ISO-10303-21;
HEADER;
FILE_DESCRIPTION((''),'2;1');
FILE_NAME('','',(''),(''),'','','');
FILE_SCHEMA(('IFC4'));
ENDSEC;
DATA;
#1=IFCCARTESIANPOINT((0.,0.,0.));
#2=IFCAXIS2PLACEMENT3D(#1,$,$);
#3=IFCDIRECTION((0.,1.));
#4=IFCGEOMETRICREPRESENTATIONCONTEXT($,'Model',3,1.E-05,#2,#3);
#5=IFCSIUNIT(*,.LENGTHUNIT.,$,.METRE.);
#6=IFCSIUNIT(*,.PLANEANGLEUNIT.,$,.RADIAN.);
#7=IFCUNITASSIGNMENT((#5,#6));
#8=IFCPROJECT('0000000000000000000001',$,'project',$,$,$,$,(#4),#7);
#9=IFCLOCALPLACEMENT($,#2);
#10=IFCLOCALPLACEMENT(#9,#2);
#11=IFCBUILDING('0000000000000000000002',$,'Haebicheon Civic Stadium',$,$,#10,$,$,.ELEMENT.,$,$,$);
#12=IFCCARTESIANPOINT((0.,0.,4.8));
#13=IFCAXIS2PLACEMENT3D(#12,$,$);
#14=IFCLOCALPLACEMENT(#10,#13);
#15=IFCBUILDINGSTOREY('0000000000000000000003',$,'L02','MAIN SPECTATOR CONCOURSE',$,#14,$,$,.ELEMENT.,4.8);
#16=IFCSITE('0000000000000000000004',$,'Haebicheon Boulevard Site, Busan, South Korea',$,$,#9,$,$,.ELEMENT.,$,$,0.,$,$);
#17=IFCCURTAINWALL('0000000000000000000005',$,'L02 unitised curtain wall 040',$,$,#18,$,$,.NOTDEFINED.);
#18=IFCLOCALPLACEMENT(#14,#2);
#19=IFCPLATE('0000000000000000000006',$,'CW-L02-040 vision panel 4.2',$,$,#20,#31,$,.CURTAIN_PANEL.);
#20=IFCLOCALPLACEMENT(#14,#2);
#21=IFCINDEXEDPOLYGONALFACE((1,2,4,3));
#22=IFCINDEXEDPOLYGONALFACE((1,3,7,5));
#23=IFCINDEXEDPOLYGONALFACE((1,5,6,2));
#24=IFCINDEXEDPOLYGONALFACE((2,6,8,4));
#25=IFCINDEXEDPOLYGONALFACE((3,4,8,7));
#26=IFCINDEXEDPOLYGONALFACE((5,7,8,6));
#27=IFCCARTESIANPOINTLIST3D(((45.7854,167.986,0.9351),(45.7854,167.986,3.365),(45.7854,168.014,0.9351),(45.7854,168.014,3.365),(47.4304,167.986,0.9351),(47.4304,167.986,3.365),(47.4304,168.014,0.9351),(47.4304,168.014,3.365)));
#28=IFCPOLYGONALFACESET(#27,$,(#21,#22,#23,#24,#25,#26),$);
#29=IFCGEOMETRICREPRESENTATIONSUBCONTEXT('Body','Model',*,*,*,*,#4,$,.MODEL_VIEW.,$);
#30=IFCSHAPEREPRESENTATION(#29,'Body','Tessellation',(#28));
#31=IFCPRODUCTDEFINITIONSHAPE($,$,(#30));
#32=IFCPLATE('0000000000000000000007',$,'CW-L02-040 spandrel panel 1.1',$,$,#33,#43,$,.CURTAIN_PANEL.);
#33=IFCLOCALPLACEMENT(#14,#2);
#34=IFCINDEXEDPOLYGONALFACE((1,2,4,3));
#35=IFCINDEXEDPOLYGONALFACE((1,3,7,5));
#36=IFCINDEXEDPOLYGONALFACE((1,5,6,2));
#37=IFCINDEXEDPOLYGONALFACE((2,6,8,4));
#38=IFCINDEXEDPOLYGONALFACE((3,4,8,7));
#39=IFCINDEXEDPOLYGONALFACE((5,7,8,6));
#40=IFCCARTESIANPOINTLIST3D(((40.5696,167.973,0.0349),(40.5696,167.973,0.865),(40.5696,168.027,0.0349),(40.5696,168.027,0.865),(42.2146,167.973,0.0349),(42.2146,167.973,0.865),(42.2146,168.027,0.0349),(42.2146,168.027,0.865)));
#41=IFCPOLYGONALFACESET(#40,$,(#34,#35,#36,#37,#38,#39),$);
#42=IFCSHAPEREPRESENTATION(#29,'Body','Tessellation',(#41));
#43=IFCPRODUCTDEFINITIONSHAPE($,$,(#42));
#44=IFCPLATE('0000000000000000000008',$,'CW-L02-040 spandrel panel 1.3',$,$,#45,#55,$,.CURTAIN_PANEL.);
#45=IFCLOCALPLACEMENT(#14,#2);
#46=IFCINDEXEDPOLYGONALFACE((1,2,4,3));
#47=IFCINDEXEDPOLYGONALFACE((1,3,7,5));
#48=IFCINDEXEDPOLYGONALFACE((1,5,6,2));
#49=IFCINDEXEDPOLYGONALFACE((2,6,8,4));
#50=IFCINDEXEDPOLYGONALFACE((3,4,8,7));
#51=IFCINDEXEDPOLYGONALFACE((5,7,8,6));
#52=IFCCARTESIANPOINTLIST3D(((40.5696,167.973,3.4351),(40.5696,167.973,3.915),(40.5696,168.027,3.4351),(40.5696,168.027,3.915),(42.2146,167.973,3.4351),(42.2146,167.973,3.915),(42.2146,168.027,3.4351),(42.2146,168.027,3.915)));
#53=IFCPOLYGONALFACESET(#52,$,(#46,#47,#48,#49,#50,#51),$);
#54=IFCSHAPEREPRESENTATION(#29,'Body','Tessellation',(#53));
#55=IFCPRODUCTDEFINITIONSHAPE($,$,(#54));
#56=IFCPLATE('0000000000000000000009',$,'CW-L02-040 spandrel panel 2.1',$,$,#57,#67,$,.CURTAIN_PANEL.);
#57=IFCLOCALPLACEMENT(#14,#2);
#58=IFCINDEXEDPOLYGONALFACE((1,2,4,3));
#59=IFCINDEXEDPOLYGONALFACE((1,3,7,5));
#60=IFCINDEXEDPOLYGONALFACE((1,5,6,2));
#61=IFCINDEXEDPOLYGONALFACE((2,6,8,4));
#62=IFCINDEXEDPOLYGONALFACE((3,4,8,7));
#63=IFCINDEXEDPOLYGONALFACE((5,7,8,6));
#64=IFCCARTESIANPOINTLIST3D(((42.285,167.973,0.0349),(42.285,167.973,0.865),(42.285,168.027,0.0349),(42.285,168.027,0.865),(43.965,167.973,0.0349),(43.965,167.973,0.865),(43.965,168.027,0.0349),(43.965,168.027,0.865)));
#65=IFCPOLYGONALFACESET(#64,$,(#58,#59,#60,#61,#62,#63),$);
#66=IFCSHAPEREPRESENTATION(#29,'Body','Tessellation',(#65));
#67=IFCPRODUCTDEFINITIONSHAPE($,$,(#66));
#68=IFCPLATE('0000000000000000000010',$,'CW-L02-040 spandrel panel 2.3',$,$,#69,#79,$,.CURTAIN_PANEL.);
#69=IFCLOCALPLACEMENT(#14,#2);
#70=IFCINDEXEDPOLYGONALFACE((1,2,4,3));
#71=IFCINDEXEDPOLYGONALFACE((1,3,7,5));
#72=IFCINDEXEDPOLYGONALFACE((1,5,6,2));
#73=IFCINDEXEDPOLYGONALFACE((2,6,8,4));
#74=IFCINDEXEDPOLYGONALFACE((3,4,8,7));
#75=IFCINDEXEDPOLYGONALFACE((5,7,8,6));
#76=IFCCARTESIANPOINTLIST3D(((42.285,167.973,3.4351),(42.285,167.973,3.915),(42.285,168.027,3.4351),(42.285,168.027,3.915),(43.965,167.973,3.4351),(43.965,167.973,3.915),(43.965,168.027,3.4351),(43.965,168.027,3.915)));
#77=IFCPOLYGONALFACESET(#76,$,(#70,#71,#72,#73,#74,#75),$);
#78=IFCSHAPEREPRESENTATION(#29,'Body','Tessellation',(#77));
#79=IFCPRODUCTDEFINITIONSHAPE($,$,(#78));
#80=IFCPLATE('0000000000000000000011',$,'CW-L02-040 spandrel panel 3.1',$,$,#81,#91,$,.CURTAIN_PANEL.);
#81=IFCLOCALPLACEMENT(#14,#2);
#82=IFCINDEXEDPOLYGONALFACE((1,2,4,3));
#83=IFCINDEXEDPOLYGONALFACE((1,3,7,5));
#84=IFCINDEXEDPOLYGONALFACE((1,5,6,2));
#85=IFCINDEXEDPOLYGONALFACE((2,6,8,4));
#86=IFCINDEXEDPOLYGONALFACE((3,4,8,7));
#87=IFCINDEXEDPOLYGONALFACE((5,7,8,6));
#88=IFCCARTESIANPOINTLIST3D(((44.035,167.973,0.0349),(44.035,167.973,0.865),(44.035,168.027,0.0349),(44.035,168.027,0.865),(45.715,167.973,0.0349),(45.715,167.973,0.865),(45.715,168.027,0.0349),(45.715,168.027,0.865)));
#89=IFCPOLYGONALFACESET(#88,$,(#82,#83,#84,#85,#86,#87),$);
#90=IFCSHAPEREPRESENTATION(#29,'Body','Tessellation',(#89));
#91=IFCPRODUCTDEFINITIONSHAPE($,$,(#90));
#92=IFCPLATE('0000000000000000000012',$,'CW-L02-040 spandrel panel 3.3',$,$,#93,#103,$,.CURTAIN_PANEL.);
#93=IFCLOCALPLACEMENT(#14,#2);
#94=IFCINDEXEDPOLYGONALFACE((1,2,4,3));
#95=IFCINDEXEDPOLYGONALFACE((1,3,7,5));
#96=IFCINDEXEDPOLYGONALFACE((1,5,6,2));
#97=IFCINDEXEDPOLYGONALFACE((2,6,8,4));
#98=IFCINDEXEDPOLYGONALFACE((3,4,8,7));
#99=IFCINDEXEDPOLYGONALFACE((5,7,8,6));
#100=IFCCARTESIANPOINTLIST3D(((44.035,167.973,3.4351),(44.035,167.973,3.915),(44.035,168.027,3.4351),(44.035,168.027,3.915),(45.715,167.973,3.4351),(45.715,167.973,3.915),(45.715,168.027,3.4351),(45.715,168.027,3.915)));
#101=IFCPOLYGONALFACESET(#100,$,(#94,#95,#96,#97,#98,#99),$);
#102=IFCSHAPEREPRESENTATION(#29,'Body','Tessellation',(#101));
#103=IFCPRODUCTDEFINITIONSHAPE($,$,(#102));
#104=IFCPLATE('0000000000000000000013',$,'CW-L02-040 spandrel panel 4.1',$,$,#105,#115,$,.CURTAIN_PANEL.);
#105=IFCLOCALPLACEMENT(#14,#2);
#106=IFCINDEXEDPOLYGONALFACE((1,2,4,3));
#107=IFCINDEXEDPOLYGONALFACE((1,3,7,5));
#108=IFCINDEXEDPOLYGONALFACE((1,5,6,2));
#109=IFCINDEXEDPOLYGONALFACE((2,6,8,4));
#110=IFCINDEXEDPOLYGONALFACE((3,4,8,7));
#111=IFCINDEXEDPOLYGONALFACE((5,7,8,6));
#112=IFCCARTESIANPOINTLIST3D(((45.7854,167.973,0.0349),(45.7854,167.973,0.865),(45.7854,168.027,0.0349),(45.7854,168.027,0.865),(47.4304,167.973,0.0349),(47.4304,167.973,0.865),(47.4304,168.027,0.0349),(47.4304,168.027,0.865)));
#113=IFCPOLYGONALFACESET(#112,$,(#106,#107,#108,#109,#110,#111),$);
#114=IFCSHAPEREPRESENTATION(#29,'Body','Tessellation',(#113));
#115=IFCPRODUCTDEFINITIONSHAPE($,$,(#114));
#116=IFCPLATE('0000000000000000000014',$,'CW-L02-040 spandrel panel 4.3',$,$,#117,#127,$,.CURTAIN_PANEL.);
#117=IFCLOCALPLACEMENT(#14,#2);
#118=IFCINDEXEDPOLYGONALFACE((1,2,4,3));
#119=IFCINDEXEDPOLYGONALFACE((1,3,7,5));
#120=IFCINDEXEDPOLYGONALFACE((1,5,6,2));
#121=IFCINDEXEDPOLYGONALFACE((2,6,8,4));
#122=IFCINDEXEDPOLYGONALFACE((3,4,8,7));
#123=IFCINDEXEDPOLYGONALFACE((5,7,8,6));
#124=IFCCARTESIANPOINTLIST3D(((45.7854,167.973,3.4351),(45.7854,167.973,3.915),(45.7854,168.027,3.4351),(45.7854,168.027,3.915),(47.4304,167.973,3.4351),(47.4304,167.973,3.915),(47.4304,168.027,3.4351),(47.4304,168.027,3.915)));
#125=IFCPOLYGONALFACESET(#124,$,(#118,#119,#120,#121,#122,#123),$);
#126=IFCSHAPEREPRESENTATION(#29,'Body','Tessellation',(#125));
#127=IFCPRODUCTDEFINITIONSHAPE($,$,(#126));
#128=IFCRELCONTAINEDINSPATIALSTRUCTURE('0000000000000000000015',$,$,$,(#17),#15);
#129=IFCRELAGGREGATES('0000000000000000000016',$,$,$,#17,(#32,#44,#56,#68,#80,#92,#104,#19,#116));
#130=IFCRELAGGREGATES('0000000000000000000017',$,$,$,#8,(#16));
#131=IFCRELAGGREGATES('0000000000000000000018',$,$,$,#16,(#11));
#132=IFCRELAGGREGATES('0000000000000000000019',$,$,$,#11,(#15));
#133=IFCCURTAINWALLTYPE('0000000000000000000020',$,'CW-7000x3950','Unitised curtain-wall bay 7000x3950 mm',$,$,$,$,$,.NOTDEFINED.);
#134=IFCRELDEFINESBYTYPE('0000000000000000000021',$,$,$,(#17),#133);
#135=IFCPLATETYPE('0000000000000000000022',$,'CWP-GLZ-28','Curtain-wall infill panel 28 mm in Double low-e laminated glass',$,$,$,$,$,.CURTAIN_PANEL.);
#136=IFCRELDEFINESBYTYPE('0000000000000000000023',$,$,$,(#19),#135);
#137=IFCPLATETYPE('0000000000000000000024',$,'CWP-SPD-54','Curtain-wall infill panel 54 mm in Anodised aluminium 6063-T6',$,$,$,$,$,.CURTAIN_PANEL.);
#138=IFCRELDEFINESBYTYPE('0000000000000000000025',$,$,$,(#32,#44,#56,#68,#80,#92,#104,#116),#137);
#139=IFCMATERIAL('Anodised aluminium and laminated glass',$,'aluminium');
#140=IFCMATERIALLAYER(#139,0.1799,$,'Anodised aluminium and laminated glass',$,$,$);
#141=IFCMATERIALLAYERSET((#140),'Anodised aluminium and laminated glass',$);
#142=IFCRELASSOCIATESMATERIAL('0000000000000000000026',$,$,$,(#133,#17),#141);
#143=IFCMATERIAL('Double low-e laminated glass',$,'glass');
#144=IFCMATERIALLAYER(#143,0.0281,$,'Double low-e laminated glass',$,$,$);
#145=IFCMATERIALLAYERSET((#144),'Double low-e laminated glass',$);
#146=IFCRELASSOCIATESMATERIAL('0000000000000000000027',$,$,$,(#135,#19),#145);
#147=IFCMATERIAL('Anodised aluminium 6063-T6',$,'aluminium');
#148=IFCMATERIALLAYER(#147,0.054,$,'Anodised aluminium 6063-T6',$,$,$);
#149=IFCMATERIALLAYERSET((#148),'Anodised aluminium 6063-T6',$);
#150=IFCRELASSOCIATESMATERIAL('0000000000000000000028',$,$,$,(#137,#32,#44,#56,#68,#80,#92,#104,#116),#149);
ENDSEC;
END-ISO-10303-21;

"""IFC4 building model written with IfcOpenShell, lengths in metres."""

from ifc_helpers import new_model, si_unit, direction, frame, origin, origin_2d, place, context, subcontext, project, spatial, rectangle, extrude, material, layer, layer_set, type_object, element, aggregate, save


model = new_model("IFC4")

# Units and contexts
model_context = context("Model", 3, precision=1e-05, world=origin(), true_north=direction((0.0, 1.0)))
body_context = subcontext(model_context, "Body", "Model", "MODEL_VIEW")
ifc_project = project(units=[si_unit("LENGTHUNIT", "METRE"), si_unit("PLANEANGLEUNIT", "RADIAN")], contexts=[model_context])

# Site, building, storey
site_placement = place(None, origin())
site = spatial("IfcSite", under=ifc_project, at=site_placement, Name="Haebicheon Boulevard Site, Busan, South Korea", CompositionType="ELEMENT", RefElevation=0.0)
building_placement = place(site_placement, origin())
building = spatial("IfcBuilding", under=site, at=building_placement, Name="Haebicheon Civic Stadium", CompositionType="ELEMENT")
storey_placement = place(building_placement, frame((0.0, 0.0, 4.8)))
storey = spatial("IfcBuildingStorey", under=building, at=storey_placement, Name="L02", Description="MAIN SPECTATOR CONCOURSE", CompositionType="ELEMENT", Elevation=4.8)

# Curtain wall
ifc_material_1 = material(Name="Anodised aluminium and laminated glass", Category="aluminium")
ifc_layer_1 = layer(ifc_material_1, 0.1799, Name="Anodised aluminium and laminated glass")
ifc_layer_set_1 = layer_set([ifc_layer_1], Name="Anodised aluminium and laminated glass")
curtain_wall_type = type_object("IfcCurtainWallType", Name="CW-7000x3950", Description="Unitised curtain-wall bay 7000x3950 mm", PredefinedType="NOTDEFINED", material=ifc_layer_set_1)
curtain_wall_placement = place(storey_placement, origin())
curtain_wall = element("IfcCurtainWall", 1, at=curtain_wall_placement, inside=storey, type_object=curtain_wall_type, material=ifc_layer_set_1, Name="L02 unitised curtain wall 040", PredefinedType="NOTDEFINED")

# Plates
ifc_material_2 = material(Name="Double low-e laminated glass", Category="glass")
ifc_layer_2 = layer(ifc_material_2, 0.0281, Name="Double low-e laminated glass")
ifc_layer_set_2 = layer_set([ifc_layer_2], Name="Double low-e laminated glass")
plate_type_1 = type_object("IfcPlateType", Name="CWP-GLZ-28", Description="Curtain-wall infill panel 28 mm in Double low-e laminated glass", PredefinedType="CURTAIN_PANEL", material=ifc_layer_set_2)
plate_1_placement = place(storey_placement, frame((46.6079, 168.0, 0.9351), z_axis=(0.0, 0.0, 1.0), x_axis=(1.0, 0.0, 0.0)))
plate_1 = element("IfcPlate", 2, at=plate_1_placement, type_object=plate_type_1, material=ifc_layer_set_2, Name="CW-L02-040 vision panel 4.2", PredefinedType="CURTAIN_PANEL", context=body_context, shape_type="SweptSolid", body=[
    extrude(rectangle(XDim=1.645, YDim=0.0281, at=origin_2d()), origin(), (0.0, 0.0, 1.0), 2.4299),
])
ifc_material_3 = material(Name="Anodised aluminium 6063-T6", Category="aluminium")
ifc_layer_3 = layer(ifc_material_3, 0.054, Name="Anodised aluminium 6063-T6")
ifc_layer_set_3 = layer_set([ifc_layer_3], Name="Anodised aluminium 6063-T6")
plate_type_2 = type_object("IfcPlateType", Name="CWP-SPD-54", Description="Curtain-wall infill panel 54 mm in Anodised aluminium 6063-T6", PredefinedType="CURTAIN_PANEL", material=ifc_layer_set_3)
plate_2_placement = place(storey_placement, frame((41.3921, 168.0, 0.0349), z_axis=(0.0, 0.0, 1.0), x_axis=(1.0, 0.0, 0.0)))
plate_2 = element("IfcPlate", 3, at=plate_2_placement, type_object=plate_type_2, material=ifc_layer_set_3, Name="CW-L02-040 spandrel panel 1.1", PredefinedType="CURTAIN_PANEL", context=body_context, shape_type="SweptSolid", body=[
    extrude(rectangle(XDim=1.645, YDim=0.054, at=origin_2d()), origin(), (0.0, 0.0, 1.0), 0.8301),
])
plate_3_placement = place(storey_placement, frame((41.3921, 168.0, 3.4351), z_axis=(0.0, 0.0, 1.0), x_axis=(1.0, 0.0, 0.0)))
plate_3 = element("IfcPlate", 4, at=plate_3_placement, type_object=plate_type_2, material=ifc_layer_set_3, Name="CW-L02-040 spandrel panel 1.3", PredefinedType="CURTAIN_PANEL", context=body_context, shape_type="SweptSolid", body=[
    extrude(rectangle(XDim=1.645, YDim=0.054, at=origin_2d()), origin(), (0.0, 0.0, 1.0), 0.48),
])
plate_4_placement = place(storey_placement, frame((43.125, 168.0, 0.0349), z_axis=(0.0, 0.0, 1.0), x_axis=(1.0, 0.0, 0.0)))
plate_4 = element("IfcPlate", 5, at=plate_4_placement, type_object=plate_type_2, material=ifc_layer_set_3, Name="CW-L02-040 spandrel panel 2.1", PredefinedType="CURTAIN_PANEL", context=body_context, shape_type="SweptSolid", body=[
    extrude(rectangle(XDim=1.6799, YDim=0.054, at=origin_2d()), origin(), (0.0, 0.0, 1.0), 0.8301),
])
plate_5_placement = place(storey_placement, frame((43.125, 168.0, 3.4351), z_axis=(0.0, 0.0, 1.0), x_axis=(1.0, 0.0, 0.0)))
plate_5 = element("IfcPlate", 6, at=plate_5_placement, type_object=plate_type_2, material=ifc_layer_set_3, Name="CW-L02-040 spandrel panel 2.3", PredefinedType="CURTAIN_PANEL", context=body_context, shape_type="SweptSolid", body=[
    extrude(rectangle(XDim=1.6799, YDim=0.054, at=origin_2d()), origin(), (0.0, 0.0, 1.0), 0.48),
])
plate_6_placement = place(storey_placement, frame((44.875, 168.0, 0.0349), z_axis=(0.0, 0.0, 1.0), x_axis=(1.0, 0.0, 0.0)))
plate_6 = element("IfcPlate", 7, at=plate_6_placement, type_object=plate_type_2, material=ifc_layer_set_3, Name="CW-L02-040 spandrel panel 3.1", PredefinedType="CURTAIN_PANEL", context=body_context, shape_type="SweptSolid", body=[
    extrude(rectangle(XDim=1.6799, YDim=0.054, at=origin_2d()), origin(), (0.0, 0.0, 1.0), 0.8301),
])
plate_7_placement = place(storey_placement, frame((44.875, 168.0, 3.4351), z_axis=(0.0, 0.0, 1.0), x_axis=(1.0, 0.0, 0.0)))
plate_7 = element("IfcPlate", 8, at=plate_7_placement, type_object=plate_type_2, material=ifc_layer_set_3, Name="CW-L02-040 spandrel panel 3.3", PredefinedType="CURTAIN_PANEL", context=body_context, shape_type="SweptSolid", body=[
    extrude(rectangle(XDim=1.6799, YDim=0.054, at=origin_2d()), origin(), (0.0, 0.0, 1.0), 0.48),
])
plate_8_placement = place(storey_placement, frame((46.6079, 168.0, 0.0349), z_axis=(0.0, 0.0, 1.0), x_axis=(1.0, 0.0, 0.0)))
plate_8 = element("IfcPlate", 9, at=plate_8_placement, type_object=plate_type_2, material=ifc_layer_set_3, Name="CW-L02-040 spandrel panel 4.1", PredefinedType="CURTAIN_PANEL", context=body_context, shape_type="SweptSolid", body=[
    extrude(rectangle(XDim=1.645, YDim=0.054, at=origin_2d()), origin(), (0.0, 0.0, 1.0), 0.8301),
])
plate_9_placement = place(storey_placement, frame((46.6079, 168.0, 3.4351), z_axis=(0.0, 0.0, 1.0), x_axis=(1.0, 0.0, 0.0)))
plate_9 = element("IfcPlate", 10, at=plate_9_placement, type_object=plate_type_2, material=ifc_layer_set_3, Name="CW-L02-040 spandrel panel 4.3", PredefinedType="CURTAIN_PANEL", context=body_context, shape_type="SweptSolid", body=[
    extrude(rectangle(XDim=1.645, YDim=0.054, at=origin_2d()), origin(), (0.0, 0.0, 1.0), 0.48),
])
aggregate(curtain_wall, [plate_2, plate_3, plate_4, plate_5, plate_6, plate_7, plate_8, plate_1, plate_9])

save(model, "model.ifc")
